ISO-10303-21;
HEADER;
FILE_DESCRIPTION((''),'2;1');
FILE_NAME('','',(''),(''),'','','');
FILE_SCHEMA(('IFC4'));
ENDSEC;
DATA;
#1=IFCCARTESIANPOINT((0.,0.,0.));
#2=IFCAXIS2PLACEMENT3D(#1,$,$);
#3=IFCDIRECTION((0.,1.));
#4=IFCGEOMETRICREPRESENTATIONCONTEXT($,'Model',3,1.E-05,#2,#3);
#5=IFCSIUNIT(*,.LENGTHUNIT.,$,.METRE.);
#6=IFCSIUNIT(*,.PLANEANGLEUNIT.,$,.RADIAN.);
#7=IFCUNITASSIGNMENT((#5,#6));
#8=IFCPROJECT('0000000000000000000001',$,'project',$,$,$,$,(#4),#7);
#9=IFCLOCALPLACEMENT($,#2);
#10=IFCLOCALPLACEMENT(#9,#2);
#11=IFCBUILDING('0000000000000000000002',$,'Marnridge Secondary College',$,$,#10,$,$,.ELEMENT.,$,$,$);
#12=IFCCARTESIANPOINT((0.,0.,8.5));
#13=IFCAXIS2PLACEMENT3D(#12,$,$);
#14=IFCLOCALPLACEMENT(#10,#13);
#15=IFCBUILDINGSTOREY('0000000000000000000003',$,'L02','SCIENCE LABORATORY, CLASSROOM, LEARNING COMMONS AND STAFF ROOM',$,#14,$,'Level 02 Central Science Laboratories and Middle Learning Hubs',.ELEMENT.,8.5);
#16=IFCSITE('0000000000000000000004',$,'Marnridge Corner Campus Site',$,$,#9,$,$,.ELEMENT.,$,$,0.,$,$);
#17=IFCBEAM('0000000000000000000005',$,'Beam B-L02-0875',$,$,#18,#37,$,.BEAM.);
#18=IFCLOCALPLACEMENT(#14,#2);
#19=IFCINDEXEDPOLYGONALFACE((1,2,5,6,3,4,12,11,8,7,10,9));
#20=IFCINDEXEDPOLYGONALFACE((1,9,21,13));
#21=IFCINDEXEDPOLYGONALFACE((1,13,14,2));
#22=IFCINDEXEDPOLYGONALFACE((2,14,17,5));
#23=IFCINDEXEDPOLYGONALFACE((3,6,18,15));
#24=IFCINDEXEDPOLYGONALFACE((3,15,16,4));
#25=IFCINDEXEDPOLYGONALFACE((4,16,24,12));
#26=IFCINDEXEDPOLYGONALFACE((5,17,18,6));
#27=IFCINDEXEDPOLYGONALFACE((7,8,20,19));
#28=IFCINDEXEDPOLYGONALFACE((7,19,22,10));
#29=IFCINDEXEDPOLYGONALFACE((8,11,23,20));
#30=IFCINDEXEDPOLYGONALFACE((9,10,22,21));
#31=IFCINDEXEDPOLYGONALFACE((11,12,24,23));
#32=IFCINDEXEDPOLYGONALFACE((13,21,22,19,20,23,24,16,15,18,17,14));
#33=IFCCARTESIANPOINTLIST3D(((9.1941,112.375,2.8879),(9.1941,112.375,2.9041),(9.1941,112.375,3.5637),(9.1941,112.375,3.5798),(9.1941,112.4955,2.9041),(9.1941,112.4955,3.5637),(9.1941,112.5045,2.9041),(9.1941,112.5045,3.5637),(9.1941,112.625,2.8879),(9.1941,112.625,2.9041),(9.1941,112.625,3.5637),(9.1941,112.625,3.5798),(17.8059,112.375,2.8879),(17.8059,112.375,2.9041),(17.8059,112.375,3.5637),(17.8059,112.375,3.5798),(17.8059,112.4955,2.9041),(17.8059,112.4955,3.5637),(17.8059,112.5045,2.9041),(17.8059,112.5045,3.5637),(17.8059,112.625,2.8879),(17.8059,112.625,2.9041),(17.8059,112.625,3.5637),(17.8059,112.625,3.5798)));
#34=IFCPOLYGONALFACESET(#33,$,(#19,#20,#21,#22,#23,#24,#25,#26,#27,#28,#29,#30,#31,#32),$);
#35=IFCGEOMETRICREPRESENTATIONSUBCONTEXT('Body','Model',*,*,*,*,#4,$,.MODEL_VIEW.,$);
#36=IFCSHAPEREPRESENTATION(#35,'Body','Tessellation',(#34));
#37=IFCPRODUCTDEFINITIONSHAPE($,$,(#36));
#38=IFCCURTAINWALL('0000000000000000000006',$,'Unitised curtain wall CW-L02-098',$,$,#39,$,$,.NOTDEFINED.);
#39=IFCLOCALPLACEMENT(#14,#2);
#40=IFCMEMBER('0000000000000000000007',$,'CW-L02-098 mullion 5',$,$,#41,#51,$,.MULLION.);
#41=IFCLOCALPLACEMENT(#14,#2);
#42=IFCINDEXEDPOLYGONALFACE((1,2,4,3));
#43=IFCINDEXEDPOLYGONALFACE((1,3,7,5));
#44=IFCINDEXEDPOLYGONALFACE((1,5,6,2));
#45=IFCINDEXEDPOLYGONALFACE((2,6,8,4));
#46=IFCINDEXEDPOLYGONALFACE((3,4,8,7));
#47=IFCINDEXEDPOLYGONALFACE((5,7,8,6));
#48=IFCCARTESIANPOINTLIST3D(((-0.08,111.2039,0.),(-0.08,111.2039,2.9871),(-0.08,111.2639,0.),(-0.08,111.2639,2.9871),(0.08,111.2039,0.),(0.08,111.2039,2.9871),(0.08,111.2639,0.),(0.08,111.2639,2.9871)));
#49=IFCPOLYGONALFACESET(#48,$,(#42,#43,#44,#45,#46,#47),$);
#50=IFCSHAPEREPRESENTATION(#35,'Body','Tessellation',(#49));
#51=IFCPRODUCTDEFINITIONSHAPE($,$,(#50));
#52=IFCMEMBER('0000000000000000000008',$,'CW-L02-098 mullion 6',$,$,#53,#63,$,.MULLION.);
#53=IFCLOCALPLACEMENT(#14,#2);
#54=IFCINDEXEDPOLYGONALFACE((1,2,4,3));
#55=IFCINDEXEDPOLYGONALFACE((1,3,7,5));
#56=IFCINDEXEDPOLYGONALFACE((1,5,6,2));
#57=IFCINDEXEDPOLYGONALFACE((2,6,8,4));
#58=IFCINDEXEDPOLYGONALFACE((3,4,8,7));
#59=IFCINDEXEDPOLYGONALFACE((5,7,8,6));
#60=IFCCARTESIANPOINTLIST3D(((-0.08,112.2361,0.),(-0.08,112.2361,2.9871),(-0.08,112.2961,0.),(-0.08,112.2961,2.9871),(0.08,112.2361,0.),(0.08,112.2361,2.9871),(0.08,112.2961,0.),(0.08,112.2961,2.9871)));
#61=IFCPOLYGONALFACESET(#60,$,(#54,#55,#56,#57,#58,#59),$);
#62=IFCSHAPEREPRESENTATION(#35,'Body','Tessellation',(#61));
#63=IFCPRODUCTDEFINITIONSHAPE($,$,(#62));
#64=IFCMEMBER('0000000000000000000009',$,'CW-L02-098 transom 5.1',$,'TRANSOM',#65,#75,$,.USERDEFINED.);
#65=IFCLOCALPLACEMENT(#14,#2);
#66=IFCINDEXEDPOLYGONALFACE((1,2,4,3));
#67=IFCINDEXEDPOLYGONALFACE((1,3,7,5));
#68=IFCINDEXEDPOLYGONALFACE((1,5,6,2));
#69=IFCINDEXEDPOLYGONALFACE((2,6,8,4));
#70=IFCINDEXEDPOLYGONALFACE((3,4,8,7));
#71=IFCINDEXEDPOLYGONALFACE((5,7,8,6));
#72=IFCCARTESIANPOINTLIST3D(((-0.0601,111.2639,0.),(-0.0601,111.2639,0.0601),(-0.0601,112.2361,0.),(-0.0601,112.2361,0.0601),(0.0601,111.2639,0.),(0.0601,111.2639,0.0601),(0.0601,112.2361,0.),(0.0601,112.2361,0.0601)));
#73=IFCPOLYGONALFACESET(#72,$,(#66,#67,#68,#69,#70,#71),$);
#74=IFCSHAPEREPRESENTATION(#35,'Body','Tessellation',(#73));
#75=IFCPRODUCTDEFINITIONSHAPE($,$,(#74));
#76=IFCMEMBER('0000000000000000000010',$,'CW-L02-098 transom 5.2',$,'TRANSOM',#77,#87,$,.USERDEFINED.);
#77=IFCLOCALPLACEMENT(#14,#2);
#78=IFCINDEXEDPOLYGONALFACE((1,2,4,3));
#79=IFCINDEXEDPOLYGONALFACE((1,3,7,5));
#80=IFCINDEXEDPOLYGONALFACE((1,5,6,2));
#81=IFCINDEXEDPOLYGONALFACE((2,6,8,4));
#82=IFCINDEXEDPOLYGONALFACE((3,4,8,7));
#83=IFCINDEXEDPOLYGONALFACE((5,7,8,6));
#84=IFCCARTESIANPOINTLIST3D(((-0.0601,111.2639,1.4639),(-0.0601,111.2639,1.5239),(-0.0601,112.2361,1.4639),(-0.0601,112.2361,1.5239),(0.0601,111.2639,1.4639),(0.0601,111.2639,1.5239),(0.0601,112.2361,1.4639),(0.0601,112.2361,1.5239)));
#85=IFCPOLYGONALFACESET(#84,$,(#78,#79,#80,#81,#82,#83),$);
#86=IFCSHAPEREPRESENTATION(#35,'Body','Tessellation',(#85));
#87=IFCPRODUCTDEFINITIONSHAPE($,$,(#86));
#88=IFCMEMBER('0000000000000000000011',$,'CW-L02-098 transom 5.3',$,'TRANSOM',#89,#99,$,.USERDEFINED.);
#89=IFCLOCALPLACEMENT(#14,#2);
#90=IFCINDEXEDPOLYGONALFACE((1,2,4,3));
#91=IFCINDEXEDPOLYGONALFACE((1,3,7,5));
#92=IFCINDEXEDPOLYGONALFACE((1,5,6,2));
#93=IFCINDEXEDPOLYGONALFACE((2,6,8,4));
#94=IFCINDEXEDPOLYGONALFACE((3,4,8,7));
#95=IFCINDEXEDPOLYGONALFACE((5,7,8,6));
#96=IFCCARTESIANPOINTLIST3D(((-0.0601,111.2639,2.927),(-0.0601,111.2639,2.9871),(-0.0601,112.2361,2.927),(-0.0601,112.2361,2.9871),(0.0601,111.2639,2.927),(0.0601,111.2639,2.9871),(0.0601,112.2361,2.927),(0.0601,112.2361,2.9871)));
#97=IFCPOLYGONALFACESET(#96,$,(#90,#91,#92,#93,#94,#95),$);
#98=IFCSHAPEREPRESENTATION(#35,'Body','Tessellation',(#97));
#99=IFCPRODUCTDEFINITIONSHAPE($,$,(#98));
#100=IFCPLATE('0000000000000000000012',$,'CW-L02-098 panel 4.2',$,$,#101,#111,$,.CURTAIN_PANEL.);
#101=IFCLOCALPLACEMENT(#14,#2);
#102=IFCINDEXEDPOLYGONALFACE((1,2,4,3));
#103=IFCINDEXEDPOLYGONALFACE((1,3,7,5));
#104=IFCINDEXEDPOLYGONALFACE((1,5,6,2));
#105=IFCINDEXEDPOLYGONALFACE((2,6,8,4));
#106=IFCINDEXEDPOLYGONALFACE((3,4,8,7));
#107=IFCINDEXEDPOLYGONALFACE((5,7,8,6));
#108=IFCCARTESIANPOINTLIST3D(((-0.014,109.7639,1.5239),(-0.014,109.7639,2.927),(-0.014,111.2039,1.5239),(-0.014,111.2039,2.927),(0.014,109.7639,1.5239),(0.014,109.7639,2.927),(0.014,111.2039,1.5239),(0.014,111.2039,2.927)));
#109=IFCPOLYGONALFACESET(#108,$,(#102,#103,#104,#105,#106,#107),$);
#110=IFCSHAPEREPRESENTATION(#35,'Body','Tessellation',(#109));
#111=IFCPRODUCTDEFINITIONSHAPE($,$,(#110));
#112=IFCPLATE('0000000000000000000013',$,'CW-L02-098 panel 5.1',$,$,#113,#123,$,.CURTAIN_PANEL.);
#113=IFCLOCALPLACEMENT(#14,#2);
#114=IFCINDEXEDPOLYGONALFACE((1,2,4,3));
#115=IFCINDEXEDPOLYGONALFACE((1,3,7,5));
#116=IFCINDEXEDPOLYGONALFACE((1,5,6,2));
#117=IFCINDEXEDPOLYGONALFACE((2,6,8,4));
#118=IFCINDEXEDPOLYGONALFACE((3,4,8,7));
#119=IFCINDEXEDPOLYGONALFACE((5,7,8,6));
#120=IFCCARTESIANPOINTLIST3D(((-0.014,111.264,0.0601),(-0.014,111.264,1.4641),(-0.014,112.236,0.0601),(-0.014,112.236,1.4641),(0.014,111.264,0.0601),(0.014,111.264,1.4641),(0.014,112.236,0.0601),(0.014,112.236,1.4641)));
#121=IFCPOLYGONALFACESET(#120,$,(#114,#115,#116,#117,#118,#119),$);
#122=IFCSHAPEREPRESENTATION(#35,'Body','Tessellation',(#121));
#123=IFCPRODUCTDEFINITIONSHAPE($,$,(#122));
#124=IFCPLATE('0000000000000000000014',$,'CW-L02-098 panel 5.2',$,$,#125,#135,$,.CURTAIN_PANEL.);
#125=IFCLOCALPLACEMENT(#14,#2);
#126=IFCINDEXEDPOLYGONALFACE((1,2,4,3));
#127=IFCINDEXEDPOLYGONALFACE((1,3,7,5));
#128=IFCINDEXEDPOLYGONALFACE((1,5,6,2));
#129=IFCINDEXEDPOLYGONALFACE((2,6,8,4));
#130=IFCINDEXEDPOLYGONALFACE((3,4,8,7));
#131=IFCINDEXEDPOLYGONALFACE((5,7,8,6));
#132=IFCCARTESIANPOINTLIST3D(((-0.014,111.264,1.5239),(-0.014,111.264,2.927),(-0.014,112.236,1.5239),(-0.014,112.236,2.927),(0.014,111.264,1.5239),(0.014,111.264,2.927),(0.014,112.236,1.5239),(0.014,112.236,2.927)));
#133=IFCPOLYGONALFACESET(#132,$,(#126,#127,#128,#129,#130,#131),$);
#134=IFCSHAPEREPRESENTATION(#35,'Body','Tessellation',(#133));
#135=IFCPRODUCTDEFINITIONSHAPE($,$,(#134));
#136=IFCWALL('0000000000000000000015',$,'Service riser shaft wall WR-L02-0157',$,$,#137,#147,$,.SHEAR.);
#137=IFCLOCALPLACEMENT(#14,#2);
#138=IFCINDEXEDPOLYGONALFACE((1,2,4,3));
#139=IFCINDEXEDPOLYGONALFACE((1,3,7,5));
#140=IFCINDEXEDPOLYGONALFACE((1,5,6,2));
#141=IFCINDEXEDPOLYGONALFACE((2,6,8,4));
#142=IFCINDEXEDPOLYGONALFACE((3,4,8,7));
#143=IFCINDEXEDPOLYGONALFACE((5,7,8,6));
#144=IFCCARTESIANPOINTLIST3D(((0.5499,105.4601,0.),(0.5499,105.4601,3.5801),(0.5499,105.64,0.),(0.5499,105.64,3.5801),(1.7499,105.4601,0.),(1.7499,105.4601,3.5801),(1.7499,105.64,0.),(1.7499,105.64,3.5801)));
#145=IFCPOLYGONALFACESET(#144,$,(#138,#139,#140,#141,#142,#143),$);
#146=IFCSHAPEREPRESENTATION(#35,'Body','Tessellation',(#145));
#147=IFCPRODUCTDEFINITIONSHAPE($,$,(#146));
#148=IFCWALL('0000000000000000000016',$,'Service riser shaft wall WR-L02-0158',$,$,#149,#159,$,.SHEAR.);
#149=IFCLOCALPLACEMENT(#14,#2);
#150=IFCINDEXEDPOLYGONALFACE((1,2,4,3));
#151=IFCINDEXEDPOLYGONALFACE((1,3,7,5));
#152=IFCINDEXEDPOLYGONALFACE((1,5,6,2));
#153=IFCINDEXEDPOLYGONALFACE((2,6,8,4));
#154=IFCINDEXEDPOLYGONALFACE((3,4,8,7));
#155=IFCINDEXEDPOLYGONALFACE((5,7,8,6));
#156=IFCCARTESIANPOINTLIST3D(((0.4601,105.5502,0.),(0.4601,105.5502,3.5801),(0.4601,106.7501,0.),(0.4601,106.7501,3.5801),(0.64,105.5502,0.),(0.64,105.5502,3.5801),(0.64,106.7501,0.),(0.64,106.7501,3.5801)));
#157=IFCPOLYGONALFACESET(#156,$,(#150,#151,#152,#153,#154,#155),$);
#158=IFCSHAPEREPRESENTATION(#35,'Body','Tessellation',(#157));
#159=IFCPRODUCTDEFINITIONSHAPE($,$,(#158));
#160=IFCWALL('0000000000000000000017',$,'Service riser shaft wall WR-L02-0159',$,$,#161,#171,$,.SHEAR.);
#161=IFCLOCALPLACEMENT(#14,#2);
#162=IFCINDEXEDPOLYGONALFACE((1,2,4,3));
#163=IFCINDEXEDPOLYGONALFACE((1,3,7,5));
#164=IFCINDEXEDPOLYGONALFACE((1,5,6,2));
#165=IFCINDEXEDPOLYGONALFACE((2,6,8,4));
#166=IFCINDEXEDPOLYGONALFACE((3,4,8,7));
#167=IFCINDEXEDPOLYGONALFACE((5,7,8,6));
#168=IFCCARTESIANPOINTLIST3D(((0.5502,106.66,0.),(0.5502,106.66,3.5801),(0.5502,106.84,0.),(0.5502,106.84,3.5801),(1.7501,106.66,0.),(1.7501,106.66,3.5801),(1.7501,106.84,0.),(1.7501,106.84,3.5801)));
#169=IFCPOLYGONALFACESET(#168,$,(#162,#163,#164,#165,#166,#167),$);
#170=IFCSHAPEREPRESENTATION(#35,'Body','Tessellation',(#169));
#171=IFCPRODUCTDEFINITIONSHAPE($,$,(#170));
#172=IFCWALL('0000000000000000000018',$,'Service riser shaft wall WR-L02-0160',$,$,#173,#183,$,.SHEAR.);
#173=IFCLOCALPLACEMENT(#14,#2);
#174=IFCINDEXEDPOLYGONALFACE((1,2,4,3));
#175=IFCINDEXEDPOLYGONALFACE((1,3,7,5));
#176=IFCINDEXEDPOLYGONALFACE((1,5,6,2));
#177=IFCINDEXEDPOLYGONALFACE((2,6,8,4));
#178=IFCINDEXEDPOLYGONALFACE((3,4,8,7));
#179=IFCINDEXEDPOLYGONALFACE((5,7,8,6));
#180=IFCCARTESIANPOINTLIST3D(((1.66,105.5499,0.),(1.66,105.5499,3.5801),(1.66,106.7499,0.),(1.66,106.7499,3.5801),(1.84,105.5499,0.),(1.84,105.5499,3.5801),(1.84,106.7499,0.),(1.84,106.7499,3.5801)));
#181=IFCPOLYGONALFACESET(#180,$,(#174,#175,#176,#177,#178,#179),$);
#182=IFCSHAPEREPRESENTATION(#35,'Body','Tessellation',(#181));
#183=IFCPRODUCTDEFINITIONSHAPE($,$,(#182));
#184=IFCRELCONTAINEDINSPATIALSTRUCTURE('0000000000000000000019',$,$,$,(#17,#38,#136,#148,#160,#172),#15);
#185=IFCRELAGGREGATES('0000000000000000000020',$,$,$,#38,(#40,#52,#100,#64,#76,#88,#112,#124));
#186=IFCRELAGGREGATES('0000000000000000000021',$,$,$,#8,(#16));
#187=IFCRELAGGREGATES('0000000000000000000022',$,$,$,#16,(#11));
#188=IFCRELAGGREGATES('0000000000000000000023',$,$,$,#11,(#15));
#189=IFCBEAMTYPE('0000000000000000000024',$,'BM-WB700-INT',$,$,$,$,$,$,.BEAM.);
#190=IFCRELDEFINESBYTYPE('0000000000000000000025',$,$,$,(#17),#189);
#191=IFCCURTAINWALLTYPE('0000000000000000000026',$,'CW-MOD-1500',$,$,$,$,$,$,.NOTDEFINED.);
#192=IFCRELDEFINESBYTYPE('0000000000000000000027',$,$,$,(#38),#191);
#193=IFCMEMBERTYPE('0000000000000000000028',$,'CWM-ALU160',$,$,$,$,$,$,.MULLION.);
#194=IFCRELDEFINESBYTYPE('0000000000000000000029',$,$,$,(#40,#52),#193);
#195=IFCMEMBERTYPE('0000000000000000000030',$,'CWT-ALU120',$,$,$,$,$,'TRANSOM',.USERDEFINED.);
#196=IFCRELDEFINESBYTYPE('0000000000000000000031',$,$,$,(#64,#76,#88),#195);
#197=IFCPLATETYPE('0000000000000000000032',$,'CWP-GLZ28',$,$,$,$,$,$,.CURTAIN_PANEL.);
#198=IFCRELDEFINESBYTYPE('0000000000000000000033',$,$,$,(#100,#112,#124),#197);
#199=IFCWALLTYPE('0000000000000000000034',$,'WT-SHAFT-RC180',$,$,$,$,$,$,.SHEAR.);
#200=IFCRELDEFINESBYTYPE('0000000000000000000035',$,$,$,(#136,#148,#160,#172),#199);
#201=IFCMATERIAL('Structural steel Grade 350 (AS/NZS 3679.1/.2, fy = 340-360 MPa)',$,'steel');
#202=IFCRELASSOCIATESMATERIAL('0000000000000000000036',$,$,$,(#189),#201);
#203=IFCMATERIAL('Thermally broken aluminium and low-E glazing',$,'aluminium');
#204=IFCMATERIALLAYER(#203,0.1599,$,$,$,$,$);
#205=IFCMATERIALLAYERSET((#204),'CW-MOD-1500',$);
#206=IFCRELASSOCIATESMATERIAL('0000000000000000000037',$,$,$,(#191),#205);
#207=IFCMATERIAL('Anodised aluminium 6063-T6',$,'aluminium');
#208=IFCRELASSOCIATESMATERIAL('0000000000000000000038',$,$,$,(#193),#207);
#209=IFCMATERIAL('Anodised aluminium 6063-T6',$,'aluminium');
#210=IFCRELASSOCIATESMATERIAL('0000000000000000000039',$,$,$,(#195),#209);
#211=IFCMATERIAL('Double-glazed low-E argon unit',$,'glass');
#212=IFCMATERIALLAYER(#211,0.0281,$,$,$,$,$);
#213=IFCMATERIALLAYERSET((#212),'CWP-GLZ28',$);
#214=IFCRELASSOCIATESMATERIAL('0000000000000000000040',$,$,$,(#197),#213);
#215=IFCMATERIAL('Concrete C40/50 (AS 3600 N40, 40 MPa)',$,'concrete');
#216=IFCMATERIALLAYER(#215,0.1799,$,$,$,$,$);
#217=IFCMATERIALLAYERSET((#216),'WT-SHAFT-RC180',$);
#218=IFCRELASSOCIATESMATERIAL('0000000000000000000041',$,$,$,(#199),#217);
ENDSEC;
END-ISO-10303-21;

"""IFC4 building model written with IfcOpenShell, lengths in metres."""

from ifc_helpers import new_model, si_unit, direction, frame, frame_2d, origin, origin_2d, place, context, subcontext, project, spatial, rectangle, i_section, extrude, material, layer, layer_set, material_profile, profile_set, type_object, element, aggregate, save


model = new_model("IFC4")

# Units and contexts
model_context = context("Model", 3, precision=1e-05, world=origin(), true_north=direction((0.0, 1.0)))
body_context = subcontext(model_context, "Body", "Model", "MODEL_VIEW")
ifc_project = project(units=[si_unit("LENGTHUNIT", "METRE"), si_unit("PLANEANGLEUNIT", "RADIAN")], contexts=[model_context])

# Site, building, storey
site_placement = place(None, origin())
site = spatial("IfcSite", under=ifc_project, at=site_placement, Name="Marnridge Corner Campus Site", CompositionType="ELEMENT", RefElevation=0.0)
building_placement = place(site_placement, origin())
building = spatial("IfcBuilding", under=site, at=building_placement, Name="Marnridge Secondary College", CompositionType="ELEMENT")
storey_placement = place(building_placement, frame((0.0, 0.0, 8.5)))
storey = spatial("IfcBuildingStorey", under=building, at=storey_placement, Name="L02", Description="SCIENCE LABORATORY, CLASSROOM, LEARNING COMMONS AND STAFF ROOM", LongName="Level 02 Central Science Laboratories and Middle Learning Hubs", CompositionType="ELEMENT", Elevation=8.5)

# Beam
ifc_material_1 = material(Name="Structural steel Grade 350 (AS/NZS 3679.1/.2, fy = 340-360 MPa)", Category="steel")
ifc_material_profile_1 = material_profile(ifc_material_1, i_section(OverallWidth=0.25, OverallDepth=0.6919, WebThickness=0.009, FlangeThickness=0.0161, at=origin_2d()), Name="700WB115")
ifc_profile_set_1 = profile_set([ifc_material_profile_1], Name="Structural steel Grade 350 (AS/NZS 3679.1/.2, fy = 340-360 MPa)")
beam_type_1 = type_object("IfcBeamType", Name="BM-WB700-INT", PredefinedType="BEAM", material=ifc_profile_set_1)
beam_1_placement = place(storey_placement, frame((9.1941, 112.5, 3.2339), z_axis=(1.0, 0.0, 0.0), x_axis=(0.0, 1.0, 0.0)))
element("IfcBeam", 1, at=beam_1_placement, inside=storey, type_object=beam_type_1, Name="Beam B-L02-0875", PredefinedType="BEAM", context=body_context, shape_type="SweptSolid", body=[
    extrude(i_section(OverallWidth=0.25, OverallDepth=0.6919, WebThickness=0.009, FlangeThickness=0.0161, at=origin_2d()), origin(), (0.0, 0.0, 1.0), 8.6118),
])

# Curtain wall, members, plates
ifc_material_2 = material(Name="Thermally broken aluminium and low-E glazing", Category="aluminium")
ifc_layer_1 = layer(ifc_material_2, 0.1599)
ifc_layer_set_1 = layer_set([ifc_layer_1], Name="CW-MOD-1500")
curtain_wall_type = type_object("IfcCurtainWallType", Name="CW-MOD-1500", PredefinedType="NOTDEFINED", material=ifc_layer_set_1)
curtain_wall_placement = place(storey_placement, origin())
curtain_wall = element("IfcCurtainWall", 2, at=curtain_wall_placement, inside=storey, type_object=curtain_wall_type, Name="Unitised curtain wall CW-L02-098", PredefinedType="NOTDEFINED")
ifc_material_3 = material(Name="Anodised aluminium 6063-T6", Category="aluminium")
ifc_material_profile_2 = material_profile(ifc_material_3, rectangle(XDim=0.0601, YDim=0.1599, at=origin_2d()), Name="ALU 60x160")
ifc_profile_set_2 = profile_set([ifc_material_profile_2], Name="Anodised aluminium 6063-T6")
member_type_1 = type_object("IfcMemberType", Name="CWM-ALU160", PredefinedType="MULLION", material=ifc_profile_set_2)
member_1_placement = place(storey_placement, frame((0.0, 111.2339, 0.0), z_axis=(0.0, 0.0, 1.0), x_axis=(0.0, 1.0, 0.0)))
member_1 = element("IfcMember", 3, at=member_1_placement, type_object=member_type_1, Name="CW-L02-098 mullion 5", PredefinedType="MULLION", context=body_context, shape_type="SweptSolid", body=[
    extrude(rectangle(XDim=0.0601, YDim=0.1599, at=origin_2d()), origin(), (0.0, 0.0, 1.0), 2.9871),
])
member_2_placement = place(storey_placement, frame((0.0, 112.2661, 0.0), z_axis=(0.0, 0.0, 1.0), x_axis=(0.0, 1.0, 0.0)))
member_2 = element("IfcMember", 4, at=member_2_placement, type_object=member_type_1, Name="CW-L02-098 mullion 6", PredefinedType="MULLION", context=body_context, shape_type="SweptSolid", body=[
    extrude(rectangle(XDim=0.0601, YDim=0.1599, at=origin_2d()), origin(), (0.0, 0.0, 1.0), 2.9871),
])
ifc_material_4 = material(Name="Anodised aluminium 6063-T6", Category="aluminium")
ifc_material_profile_3 = material_profile(ifc_material_4, rectangle(XDim=0.0601, YDim=0.1201, at=origin_2d()), Name="ALU 60x120")
ifc_profile_set_3 = profile_set([ifc_material_profile_3], Name="Anodised aluminium 6063-T6")
member_type_2 = type_object("IfcMemberType", Name="CWT-ALU120", ElementType="TRANSOM", PredefinedType="USERDEFINED", material=ifc_profile_set_3)
member_3_placement = place(storey_placement, frame((0.0, 111.2639, 0.03), z_axis=(0.0, 1.0, 0.0), x_axis=(0.0, 0.0, 1.0)))
member_3 = element("IfcMember", 5, at=member_3_placement, type_object=member_type_2, Name="CW-L02-098 transom 5.1", ObjectType="TRANSOM", PredefinedType="USERDEFINED", context=body_context, shape_type="SweptSolid", body=[
    extrude(rectangle(XDim=0.0601, YDim=0.1201, at=origin_2d()), origin(), (0.0, 0.0, 1.0), 0.9722),
])
member_4_placement = place(storey_placement, frame((0.0, 111.2639, 1.4939), z_axis=(0.0, 1.0, 0.0), x_axis=(0.0, 0.0, 1.0)))
member_4 = element("IfcMember", 6, at=member_4_placement, type_object=member_type_2, Name="CW-L02-098 transom 5.2", ObjectType="TRANSOM", PredefinedType="USERDEFINED", context=body_context, shape_type="SweptSolid", body=[
    extrude(rectangle(XDim=0.0601, YDim=0.1201, at=origin_2d()), origin(), (0.0, 0.0, 1.0), 0.9722),
])
member_5_placement = place(storey_placement, frame((0.0, 111.2639, 2.957), z_axis=(0.0, 1.0, 0.0), x_axis=(0.0, 0.0, 1.0)))
member_5 = element("IfcMember", 7, at=member_5_placement, type_object=member_type_2, Name="CW-L02-098 transom 5.3", ObjectType="TRANSOM", PredefinedType="USERDEFINED", context=body_context, shape_type="SweptSolid", body=[
    extrude(rectangle(XDim=0.0601, YDim=0.1201, at=origin_2d()), origin(), (0.0, 0.0, 1.0), 0.9722),
])
ifc_material_5 = material(Name="Double-glazed low-E argon unit", Category="glass")
ifc_layer_2 = layer(ifc_material_5, 0.0281)
ifc_layer_set_2 = layer_set([ifc_layer_2], Name="CWP-GLZ28")
plate_type = type_object("IfcPlateType", Name="CWP-GLZ28", PredefinedType="CURTAIN_PANEL", material=ifc_layer_set_2)
plate_1_placement = place(storey_placement, frame((0.0, 110.4839, 1.5239), z_axis=(0.0, 0.0, 1.0), x_axis=(0.0, 1.0, 0.0)))
plate_1 = element("IfcPlate", 8, at=plate_1_placement, type_object=plate_type, Name="CW-L02-098 panel 4.2", PredefinedType="CURTAIN_PANEL", context=body_context, shape_type="SweptSolid", body=[
    extrude(rectangle(XDim=1.4399, YDim=0.0281, at=origin_2d()), origin(), (0.0, 0.0, 1.0), 1.4031),
])
plate_2_placement = place(storey_placement, frame((0.0, 111.75, 0.0601), z_axis=(0.0, 0.0, 1.0), x_axis=(0.0, 1.0, 0.0)))
plate_2 = element("IfcPlate", 9, at=plate_2_placement, type_object=plate_type, Name="CW-L02-098 panel 5.1", PredefinedType="CURTAIN_PANEL", context=body_context, shape_type="SweptSolid", body=[
    extrude(rectangle(XDim=0.9719, YDim=0.0281, at=origin_2d()), origin(), (0.0, 0.0, 1.0), 1.4041),
])
plate_3_placement = place(storey_placement, frame((0.0, 111.75, 1.5239), z_axis=(0.0, 0.0, 1.0), x_axis=(0.0, 1.0, 0.0)))
plate_3 = element("IfcPlate", 10, at=plate_3_placement, type_object=plate_type, Name="CW-L02-098 panel 5.2", PredefinedType="CURTAIN_PANEL", context=body_context, shape_type="SweptSolid", body=[
    extrude(rectangle(XDim=0.9719, YDim=0.0281, at=origin_2d()), origin(), (0.0, 0.0, 1.0), 1.4031),
])
aggregate(curtain_wall, [member_1, member_2, plate_1, member_3, member_4, member_5, plate_2, plate_3])

# Walls
ifc_material_6 = material(Name="Concrete C40/50 (AS 3600 N40, 40 MPa)", Category="concrete")
ifc_layer_3 = layer(ifc_material_6, 0.1799)
ifc_layer_set_3 = layer_set([ifc_layer_3], Name="WT-SHAFT-RC180")
wall_type = type_object("IfcWallType", Name="WT-SHAFT-RC180", PredefinedType="SHEAR", material=ifc_layer_set_3)
for number, where, z_axis, x_axis, name in (
    (11, (1.75, 105.55, 0.0), (0.0, 0.0, 1.0), (-1.0, 0.0, 0.0), "Service riser shaft wall WR-L02-0157"),
    (12, (0.55, 105.55, 0.0), (0.0, 0.0, 1.0), (0.0, 1.0, 0.0), "Service riser shaft wall WR-L02-0158"),
    (13, (0.55, 106.75, 0.0), (0.0, 0.0, 1.0), (1.0, 0.0, 0.0), "Service riser shaft wall WR-L02-0159"),
    (14, (1.75, 106.75, 0.0), (0.0, 0.0, 1.0), (0.0, -1.0, 0.0), "Service riser shaft wall WR-L02-0160"),
):
    element("IfcWall", number, at=place(storey_placement, frame(where, z_axis=z_axis, x_axis=x_axis)), inside=storey, type_object=wall_type, Name=name, PredefinedType="SHEAR", context=body_context, shape_type="SweptSolid", body=[
        extrude(rectangle(XDim=1.2, YDim=0.1799, at=frame_2d((0.6001, 0.0))), origin(), (0.0, 0.0, 1.0), 3.5801),
    ])

save(model, "model.ifc")
